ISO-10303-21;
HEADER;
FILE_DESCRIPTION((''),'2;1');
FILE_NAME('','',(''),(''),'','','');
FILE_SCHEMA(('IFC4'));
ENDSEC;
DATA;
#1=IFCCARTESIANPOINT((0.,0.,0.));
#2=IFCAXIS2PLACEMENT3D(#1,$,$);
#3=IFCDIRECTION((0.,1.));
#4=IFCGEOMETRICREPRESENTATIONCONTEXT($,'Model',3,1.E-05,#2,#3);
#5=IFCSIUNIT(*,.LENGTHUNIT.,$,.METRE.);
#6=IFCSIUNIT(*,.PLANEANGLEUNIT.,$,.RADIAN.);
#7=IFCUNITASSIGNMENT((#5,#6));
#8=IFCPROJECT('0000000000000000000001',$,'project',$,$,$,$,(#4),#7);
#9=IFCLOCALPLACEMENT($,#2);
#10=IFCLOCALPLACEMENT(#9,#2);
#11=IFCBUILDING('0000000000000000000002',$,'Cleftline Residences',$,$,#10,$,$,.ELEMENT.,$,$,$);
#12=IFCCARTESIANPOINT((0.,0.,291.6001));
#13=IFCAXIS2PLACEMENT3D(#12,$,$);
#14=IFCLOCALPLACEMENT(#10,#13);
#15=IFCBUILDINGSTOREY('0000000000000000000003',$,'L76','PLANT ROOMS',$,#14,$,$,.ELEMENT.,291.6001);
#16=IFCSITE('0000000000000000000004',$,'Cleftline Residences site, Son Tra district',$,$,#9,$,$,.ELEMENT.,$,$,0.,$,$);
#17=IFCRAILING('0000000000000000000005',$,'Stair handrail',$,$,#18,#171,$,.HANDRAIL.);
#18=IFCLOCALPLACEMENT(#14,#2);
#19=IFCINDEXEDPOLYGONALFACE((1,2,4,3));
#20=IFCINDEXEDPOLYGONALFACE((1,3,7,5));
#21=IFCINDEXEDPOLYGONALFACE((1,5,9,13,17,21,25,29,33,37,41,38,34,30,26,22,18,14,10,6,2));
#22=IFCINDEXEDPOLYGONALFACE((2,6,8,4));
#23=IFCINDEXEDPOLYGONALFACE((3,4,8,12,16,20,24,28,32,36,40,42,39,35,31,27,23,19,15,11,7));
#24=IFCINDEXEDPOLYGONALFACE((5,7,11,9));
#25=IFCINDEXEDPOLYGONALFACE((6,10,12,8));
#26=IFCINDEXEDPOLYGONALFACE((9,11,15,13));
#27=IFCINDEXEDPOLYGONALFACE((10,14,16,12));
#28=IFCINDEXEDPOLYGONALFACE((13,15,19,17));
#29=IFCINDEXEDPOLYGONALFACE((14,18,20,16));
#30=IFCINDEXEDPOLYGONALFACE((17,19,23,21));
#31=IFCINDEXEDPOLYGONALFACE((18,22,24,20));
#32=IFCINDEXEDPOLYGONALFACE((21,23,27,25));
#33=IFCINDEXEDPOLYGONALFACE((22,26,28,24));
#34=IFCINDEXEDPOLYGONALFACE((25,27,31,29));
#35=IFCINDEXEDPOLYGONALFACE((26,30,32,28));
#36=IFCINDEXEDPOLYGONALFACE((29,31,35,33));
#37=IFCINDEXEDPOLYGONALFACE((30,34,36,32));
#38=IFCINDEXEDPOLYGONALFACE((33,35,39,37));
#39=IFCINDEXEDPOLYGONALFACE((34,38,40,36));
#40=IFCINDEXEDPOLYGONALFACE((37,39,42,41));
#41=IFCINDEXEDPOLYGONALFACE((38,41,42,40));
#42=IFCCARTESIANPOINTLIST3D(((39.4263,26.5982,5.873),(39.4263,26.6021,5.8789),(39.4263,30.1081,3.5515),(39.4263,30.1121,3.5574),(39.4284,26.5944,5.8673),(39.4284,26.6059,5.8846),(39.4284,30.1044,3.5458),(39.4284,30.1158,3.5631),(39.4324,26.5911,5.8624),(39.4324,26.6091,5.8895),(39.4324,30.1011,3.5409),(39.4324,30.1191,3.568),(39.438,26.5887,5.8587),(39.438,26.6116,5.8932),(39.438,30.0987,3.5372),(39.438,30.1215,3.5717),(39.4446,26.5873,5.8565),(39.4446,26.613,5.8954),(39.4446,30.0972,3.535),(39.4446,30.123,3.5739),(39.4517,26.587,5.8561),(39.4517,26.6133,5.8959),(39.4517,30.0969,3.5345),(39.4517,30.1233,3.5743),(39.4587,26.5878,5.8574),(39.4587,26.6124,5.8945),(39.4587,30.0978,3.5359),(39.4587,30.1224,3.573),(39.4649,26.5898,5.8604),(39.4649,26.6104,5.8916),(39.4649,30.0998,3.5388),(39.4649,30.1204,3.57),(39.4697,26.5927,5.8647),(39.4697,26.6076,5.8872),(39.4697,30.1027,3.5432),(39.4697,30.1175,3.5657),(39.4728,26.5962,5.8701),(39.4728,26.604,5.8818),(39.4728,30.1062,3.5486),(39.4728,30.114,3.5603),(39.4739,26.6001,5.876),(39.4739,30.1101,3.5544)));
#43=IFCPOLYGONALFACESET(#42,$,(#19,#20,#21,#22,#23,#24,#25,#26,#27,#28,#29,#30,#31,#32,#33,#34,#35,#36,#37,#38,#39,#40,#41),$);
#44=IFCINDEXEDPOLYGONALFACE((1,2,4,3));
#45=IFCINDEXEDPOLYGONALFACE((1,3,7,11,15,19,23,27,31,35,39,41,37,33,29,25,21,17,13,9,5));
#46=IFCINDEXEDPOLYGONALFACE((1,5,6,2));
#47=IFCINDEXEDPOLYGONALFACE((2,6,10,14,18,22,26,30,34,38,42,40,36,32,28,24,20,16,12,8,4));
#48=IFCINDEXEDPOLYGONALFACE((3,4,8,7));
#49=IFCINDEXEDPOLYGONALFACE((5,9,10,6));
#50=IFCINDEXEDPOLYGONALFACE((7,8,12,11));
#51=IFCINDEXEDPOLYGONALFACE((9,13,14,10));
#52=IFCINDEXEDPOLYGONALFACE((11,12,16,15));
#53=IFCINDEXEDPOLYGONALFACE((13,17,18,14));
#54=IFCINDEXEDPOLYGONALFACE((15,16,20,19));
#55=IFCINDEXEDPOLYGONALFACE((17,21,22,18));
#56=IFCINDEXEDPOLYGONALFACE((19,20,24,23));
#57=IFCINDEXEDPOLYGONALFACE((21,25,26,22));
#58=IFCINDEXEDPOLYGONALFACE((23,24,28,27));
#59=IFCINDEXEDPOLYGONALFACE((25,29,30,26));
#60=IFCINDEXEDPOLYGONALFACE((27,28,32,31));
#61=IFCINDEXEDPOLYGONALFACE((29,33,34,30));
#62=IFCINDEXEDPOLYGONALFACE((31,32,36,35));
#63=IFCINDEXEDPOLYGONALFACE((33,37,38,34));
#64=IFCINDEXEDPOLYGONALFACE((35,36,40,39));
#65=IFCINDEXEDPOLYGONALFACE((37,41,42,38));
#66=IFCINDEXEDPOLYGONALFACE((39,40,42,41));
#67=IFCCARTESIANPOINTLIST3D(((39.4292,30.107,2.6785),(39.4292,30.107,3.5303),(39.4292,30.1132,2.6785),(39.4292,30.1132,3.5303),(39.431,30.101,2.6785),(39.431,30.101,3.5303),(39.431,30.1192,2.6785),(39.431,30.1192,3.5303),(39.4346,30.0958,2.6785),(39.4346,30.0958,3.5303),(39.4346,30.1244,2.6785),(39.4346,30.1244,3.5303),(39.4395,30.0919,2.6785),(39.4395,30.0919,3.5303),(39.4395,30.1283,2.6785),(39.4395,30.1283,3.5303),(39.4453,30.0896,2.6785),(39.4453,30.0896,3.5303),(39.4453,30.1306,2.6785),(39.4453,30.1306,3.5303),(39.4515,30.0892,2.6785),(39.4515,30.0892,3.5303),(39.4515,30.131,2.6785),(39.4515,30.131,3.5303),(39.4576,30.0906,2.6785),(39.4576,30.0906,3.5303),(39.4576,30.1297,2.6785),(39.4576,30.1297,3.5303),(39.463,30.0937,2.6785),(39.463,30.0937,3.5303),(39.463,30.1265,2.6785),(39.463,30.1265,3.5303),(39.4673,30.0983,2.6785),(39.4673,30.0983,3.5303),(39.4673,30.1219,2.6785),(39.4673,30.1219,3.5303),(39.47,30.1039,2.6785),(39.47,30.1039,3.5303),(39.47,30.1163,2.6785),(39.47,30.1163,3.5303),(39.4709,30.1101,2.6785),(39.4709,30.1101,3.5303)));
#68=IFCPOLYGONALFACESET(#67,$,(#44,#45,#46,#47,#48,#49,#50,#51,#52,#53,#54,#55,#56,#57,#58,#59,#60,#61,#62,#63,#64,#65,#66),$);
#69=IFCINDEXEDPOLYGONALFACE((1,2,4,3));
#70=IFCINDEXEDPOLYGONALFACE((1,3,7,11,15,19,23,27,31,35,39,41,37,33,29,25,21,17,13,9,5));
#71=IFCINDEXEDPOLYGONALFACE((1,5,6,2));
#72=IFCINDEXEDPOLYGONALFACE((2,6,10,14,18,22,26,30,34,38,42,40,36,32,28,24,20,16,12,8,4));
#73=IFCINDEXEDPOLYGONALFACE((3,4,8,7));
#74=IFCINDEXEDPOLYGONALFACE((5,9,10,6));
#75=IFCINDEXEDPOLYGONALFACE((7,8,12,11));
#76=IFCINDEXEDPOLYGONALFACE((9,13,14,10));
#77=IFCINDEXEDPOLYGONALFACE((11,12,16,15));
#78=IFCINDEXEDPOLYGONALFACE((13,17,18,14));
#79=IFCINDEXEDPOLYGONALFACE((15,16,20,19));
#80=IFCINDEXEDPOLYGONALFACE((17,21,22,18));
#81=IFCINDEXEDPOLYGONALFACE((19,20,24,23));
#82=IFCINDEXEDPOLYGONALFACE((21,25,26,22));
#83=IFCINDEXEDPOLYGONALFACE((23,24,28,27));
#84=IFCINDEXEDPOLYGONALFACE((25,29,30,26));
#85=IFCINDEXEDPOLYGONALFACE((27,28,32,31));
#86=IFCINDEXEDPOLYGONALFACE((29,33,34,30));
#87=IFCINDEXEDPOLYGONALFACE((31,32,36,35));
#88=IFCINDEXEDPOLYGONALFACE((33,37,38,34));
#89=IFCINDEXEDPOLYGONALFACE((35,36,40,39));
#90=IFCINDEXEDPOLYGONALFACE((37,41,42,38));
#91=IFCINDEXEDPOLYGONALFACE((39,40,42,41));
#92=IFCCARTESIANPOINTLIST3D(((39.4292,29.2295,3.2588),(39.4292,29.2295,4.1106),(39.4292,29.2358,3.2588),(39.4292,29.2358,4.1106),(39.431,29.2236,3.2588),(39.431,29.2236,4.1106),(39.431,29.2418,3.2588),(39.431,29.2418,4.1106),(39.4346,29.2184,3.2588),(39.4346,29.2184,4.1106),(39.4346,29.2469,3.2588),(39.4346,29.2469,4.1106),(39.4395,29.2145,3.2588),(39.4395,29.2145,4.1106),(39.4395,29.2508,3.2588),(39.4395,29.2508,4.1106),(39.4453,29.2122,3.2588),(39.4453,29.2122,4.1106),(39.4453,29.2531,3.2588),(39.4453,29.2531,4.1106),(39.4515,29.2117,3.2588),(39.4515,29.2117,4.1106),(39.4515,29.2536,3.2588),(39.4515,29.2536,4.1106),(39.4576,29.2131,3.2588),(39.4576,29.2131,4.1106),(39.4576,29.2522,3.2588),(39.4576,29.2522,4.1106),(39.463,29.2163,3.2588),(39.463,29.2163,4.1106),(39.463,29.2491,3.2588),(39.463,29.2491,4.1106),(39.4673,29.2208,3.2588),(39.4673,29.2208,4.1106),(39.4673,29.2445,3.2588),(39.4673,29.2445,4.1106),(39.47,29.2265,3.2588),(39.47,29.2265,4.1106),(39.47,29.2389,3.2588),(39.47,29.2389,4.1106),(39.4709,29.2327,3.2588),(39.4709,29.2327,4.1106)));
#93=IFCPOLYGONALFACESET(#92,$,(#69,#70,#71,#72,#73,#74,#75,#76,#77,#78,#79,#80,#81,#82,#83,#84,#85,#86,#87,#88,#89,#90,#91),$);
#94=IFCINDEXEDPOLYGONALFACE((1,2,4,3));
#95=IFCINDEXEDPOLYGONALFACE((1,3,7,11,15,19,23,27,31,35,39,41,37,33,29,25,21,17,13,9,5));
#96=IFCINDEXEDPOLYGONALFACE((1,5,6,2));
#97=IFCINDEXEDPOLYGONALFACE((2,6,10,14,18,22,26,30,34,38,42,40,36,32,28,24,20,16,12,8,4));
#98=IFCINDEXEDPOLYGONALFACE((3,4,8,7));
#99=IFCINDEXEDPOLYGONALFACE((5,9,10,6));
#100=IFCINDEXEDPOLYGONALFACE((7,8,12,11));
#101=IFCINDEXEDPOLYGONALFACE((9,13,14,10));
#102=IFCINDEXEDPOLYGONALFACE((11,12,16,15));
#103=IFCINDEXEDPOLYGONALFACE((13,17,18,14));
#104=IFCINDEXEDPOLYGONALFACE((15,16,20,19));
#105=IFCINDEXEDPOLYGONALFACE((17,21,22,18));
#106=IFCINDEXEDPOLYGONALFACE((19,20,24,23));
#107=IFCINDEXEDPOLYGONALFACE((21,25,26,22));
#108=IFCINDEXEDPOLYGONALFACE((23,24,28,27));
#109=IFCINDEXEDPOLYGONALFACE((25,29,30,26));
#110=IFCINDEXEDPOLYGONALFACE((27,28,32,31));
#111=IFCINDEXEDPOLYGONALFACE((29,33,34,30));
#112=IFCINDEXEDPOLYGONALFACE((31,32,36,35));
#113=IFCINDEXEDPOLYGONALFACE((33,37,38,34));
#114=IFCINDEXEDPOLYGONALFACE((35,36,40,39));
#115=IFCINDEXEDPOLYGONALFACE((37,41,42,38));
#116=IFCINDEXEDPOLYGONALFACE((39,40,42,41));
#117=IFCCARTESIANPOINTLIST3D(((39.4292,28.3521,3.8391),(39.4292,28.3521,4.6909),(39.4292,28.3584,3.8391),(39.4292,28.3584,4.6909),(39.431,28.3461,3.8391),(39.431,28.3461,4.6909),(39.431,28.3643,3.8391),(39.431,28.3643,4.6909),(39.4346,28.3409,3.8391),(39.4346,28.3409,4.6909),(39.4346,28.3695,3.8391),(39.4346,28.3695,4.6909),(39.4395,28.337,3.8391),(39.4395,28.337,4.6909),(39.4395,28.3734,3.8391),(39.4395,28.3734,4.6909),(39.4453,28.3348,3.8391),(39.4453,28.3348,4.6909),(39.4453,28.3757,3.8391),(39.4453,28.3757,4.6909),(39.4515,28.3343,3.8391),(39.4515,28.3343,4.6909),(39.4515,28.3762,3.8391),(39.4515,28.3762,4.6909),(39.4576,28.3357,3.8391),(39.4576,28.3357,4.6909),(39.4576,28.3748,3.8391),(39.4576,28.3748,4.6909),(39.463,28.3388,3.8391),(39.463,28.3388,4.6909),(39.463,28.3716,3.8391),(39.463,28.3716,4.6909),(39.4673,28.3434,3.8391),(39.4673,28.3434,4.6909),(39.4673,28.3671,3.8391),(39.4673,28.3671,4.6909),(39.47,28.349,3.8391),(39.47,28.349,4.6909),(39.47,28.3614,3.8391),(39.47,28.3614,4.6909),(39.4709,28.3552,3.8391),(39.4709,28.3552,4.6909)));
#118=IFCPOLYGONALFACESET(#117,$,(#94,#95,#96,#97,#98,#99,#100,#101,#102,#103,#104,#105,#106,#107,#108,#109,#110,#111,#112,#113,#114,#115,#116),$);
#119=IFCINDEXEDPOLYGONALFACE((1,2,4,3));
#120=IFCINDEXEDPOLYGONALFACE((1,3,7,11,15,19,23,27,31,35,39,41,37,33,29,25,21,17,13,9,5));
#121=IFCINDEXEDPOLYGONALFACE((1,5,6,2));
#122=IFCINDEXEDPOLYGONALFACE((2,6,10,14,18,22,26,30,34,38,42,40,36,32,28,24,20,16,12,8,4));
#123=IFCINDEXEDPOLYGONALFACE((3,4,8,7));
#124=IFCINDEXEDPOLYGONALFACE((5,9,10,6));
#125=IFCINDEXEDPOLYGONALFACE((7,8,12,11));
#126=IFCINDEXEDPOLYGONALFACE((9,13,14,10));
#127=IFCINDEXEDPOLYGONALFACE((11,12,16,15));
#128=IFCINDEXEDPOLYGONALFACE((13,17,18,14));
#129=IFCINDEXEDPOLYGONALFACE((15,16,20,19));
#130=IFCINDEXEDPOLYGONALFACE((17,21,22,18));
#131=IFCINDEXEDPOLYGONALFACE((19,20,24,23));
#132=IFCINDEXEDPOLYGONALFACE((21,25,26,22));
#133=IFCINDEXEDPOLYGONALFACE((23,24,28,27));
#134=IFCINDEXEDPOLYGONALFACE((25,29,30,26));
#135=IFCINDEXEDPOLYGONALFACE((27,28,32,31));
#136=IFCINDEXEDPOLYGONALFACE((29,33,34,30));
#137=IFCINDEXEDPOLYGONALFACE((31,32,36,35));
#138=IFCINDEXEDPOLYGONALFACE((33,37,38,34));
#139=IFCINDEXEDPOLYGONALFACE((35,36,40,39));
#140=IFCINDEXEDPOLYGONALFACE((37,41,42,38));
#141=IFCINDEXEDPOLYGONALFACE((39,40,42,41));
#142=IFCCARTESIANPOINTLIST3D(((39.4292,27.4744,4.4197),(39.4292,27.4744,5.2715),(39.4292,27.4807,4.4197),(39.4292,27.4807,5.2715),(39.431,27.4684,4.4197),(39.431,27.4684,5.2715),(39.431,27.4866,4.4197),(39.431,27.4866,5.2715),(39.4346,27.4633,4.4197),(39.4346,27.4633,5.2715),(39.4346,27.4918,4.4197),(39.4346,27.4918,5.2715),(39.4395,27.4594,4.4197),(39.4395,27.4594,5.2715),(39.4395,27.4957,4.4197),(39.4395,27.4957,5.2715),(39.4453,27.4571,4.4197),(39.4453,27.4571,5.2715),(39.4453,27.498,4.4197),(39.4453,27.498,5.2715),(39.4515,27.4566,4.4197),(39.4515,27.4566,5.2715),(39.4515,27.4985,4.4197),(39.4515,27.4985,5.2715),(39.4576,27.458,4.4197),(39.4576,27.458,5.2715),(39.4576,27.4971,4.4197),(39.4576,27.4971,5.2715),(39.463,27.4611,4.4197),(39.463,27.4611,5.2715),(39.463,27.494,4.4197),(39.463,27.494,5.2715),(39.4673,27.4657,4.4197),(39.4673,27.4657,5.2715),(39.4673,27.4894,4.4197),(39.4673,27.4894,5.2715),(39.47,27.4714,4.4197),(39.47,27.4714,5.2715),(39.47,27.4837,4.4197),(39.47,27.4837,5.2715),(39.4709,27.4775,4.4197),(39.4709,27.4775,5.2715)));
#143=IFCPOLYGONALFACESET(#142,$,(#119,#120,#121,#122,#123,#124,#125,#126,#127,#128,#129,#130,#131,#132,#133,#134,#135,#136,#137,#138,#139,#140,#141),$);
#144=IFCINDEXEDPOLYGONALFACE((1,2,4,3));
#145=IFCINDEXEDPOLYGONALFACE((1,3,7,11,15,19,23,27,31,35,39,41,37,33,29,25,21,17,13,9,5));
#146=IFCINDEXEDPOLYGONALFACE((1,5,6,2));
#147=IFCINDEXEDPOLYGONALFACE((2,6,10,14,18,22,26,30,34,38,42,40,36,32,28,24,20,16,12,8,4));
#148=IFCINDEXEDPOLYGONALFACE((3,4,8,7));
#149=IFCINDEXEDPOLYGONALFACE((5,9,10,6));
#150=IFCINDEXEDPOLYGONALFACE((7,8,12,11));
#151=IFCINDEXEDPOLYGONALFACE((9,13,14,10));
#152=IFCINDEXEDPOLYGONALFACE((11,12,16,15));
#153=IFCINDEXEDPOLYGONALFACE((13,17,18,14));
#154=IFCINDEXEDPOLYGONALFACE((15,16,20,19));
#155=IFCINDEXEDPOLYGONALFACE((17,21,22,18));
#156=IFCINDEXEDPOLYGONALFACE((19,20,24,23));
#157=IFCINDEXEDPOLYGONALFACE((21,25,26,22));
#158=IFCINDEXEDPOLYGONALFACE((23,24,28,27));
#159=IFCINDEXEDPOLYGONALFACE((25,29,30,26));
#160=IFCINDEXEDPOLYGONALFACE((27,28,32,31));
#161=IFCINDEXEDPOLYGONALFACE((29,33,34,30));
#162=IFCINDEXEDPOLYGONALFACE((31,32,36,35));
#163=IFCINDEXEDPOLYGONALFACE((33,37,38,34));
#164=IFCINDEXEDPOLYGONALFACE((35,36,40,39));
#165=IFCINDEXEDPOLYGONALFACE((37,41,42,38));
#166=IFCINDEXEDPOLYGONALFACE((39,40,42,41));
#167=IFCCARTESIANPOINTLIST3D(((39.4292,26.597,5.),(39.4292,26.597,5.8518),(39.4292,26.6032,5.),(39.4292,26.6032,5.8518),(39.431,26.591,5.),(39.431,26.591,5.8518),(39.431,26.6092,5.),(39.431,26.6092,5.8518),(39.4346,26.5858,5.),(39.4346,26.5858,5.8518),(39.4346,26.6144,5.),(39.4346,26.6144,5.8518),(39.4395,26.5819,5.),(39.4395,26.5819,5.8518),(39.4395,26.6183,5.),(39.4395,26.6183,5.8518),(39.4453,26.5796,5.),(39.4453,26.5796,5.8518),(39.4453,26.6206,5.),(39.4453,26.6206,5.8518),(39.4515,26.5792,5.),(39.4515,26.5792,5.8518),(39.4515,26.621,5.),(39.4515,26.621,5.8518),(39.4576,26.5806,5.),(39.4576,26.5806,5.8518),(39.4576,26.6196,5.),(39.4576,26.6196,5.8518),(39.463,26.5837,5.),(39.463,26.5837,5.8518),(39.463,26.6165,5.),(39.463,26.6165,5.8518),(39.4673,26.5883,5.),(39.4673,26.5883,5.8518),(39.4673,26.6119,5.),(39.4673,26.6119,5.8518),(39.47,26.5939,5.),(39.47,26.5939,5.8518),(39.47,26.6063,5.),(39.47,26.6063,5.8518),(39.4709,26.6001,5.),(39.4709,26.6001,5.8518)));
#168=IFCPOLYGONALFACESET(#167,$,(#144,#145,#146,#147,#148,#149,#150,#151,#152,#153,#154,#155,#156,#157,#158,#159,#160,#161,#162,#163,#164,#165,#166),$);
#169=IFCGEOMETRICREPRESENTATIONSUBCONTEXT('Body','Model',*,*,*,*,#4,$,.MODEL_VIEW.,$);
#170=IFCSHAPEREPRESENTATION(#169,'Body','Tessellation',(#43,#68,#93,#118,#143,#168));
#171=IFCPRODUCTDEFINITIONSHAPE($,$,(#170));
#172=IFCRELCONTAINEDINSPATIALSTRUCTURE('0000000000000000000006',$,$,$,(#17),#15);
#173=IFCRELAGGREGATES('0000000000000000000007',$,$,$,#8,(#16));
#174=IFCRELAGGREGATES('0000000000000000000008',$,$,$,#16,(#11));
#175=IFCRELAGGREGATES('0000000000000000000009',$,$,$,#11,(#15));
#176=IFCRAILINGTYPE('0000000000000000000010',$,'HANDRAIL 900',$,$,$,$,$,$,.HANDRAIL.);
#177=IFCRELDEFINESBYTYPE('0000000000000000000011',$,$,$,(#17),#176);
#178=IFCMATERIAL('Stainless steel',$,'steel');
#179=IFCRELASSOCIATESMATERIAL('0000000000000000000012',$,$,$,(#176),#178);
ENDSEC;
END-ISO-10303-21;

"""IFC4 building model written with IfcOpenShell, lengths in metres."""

from ifc_helpers import new_model, si_unit, direction, frame, origin, origin_2d, place, context, subcontext, project, spatial, circle, extrude, material, type_object, element, save


model = new_model("IFC4")

# Units and contexts
model_context = context("Model", 3, precision=1e-05, world=origin(), true_north=direction((0.0, 1.0)))
body_context = subcontext(model_context, "Body", "Model", "MODEL_VIEW")
ifc_project = project(units=[si_unit("LENGTHUNIT", "METRE"), si_unit("PLANEANGLEUNIT", "RADIAN")], contexts=[model_context])

# Site, building, storey
site_placement = place(None, origin())
site = spatial("IfcSite", under=ifc_project, at=site_placement, Name="Cleftline Residences site, Son Tra district", CompositionType="ELEMENT", RefElevation=0.0)
building_placement = place(site_placement, origin())
building = spatial("IfcBuilding", under=site, at=building_placement, Name="Cleftline Residences", CompositionType="ELEMENT")
storey_placement = place(building_placement, frame((0.0, 0.0, 291.6001)))
storey = spatial("IfcBuildingStorey", under=building, at=storey_placement, Name="L76", Description="PLANT ROOMS", CompositionType="ELEMENT", Elevation=291.6001)

# Railing
ifc_material_1 = material(Name="Stainless steel", Category="steel")
railing_type = type_object("IfcRailingType", Name="HANDRAIL 900", PredefinedType="HANDRAIL", material=ifc_material_1)
railing_1_placement = place(storey_placement, frame((39.45, 30.1101, 2.6785)))
element("IfcRailing", 1, at=railing_1_placement, inside=storey, type_object=railing_type, Name="Stair handrail", PredefinedType="HANDRAIL", context=body_context, shape_type="SweptSolid", body=[
    extrude(circle(Radius=0.0239, at=origin_2d()), frame((0.0, 0.0, 0.876), z_axis=(0.0, -0.834071, 0.551657), x_axis=(1.0, 0.0, 0.0)), (0.0, 0.0, 1.0), 4.2083),
    extrude(circle(Radius=0.021, at=origin_2d()), origin(), (0.0, 0.0, 1.0), 0.8518),
    extrude(circle(Radius=0.021, at=origin_2d()), frame((0.0, -0.8774, 0.5803)), (0.0, 0.0, 1.0), 0.8518),
    extrude(circle(Radius=0.021, at=origin_2d()), frame((0.0, -1.7549, 1.1606)), (0.0, 0.0, 1.0), 0.8518),
    extrude(circle(Radius=0.021, at=origin_2d()), frame((0.0, -2.6326, 1.7412)), (0.0, 0.0, 1.0), 0.8518),
    extrude(circle(Radius=0.021, at=origin_2d()), frame((0.0, -3.51, 2.3215)), (0.0, 0.0, 1.0), 0.8518),
])

save(model, "model.ifc")
